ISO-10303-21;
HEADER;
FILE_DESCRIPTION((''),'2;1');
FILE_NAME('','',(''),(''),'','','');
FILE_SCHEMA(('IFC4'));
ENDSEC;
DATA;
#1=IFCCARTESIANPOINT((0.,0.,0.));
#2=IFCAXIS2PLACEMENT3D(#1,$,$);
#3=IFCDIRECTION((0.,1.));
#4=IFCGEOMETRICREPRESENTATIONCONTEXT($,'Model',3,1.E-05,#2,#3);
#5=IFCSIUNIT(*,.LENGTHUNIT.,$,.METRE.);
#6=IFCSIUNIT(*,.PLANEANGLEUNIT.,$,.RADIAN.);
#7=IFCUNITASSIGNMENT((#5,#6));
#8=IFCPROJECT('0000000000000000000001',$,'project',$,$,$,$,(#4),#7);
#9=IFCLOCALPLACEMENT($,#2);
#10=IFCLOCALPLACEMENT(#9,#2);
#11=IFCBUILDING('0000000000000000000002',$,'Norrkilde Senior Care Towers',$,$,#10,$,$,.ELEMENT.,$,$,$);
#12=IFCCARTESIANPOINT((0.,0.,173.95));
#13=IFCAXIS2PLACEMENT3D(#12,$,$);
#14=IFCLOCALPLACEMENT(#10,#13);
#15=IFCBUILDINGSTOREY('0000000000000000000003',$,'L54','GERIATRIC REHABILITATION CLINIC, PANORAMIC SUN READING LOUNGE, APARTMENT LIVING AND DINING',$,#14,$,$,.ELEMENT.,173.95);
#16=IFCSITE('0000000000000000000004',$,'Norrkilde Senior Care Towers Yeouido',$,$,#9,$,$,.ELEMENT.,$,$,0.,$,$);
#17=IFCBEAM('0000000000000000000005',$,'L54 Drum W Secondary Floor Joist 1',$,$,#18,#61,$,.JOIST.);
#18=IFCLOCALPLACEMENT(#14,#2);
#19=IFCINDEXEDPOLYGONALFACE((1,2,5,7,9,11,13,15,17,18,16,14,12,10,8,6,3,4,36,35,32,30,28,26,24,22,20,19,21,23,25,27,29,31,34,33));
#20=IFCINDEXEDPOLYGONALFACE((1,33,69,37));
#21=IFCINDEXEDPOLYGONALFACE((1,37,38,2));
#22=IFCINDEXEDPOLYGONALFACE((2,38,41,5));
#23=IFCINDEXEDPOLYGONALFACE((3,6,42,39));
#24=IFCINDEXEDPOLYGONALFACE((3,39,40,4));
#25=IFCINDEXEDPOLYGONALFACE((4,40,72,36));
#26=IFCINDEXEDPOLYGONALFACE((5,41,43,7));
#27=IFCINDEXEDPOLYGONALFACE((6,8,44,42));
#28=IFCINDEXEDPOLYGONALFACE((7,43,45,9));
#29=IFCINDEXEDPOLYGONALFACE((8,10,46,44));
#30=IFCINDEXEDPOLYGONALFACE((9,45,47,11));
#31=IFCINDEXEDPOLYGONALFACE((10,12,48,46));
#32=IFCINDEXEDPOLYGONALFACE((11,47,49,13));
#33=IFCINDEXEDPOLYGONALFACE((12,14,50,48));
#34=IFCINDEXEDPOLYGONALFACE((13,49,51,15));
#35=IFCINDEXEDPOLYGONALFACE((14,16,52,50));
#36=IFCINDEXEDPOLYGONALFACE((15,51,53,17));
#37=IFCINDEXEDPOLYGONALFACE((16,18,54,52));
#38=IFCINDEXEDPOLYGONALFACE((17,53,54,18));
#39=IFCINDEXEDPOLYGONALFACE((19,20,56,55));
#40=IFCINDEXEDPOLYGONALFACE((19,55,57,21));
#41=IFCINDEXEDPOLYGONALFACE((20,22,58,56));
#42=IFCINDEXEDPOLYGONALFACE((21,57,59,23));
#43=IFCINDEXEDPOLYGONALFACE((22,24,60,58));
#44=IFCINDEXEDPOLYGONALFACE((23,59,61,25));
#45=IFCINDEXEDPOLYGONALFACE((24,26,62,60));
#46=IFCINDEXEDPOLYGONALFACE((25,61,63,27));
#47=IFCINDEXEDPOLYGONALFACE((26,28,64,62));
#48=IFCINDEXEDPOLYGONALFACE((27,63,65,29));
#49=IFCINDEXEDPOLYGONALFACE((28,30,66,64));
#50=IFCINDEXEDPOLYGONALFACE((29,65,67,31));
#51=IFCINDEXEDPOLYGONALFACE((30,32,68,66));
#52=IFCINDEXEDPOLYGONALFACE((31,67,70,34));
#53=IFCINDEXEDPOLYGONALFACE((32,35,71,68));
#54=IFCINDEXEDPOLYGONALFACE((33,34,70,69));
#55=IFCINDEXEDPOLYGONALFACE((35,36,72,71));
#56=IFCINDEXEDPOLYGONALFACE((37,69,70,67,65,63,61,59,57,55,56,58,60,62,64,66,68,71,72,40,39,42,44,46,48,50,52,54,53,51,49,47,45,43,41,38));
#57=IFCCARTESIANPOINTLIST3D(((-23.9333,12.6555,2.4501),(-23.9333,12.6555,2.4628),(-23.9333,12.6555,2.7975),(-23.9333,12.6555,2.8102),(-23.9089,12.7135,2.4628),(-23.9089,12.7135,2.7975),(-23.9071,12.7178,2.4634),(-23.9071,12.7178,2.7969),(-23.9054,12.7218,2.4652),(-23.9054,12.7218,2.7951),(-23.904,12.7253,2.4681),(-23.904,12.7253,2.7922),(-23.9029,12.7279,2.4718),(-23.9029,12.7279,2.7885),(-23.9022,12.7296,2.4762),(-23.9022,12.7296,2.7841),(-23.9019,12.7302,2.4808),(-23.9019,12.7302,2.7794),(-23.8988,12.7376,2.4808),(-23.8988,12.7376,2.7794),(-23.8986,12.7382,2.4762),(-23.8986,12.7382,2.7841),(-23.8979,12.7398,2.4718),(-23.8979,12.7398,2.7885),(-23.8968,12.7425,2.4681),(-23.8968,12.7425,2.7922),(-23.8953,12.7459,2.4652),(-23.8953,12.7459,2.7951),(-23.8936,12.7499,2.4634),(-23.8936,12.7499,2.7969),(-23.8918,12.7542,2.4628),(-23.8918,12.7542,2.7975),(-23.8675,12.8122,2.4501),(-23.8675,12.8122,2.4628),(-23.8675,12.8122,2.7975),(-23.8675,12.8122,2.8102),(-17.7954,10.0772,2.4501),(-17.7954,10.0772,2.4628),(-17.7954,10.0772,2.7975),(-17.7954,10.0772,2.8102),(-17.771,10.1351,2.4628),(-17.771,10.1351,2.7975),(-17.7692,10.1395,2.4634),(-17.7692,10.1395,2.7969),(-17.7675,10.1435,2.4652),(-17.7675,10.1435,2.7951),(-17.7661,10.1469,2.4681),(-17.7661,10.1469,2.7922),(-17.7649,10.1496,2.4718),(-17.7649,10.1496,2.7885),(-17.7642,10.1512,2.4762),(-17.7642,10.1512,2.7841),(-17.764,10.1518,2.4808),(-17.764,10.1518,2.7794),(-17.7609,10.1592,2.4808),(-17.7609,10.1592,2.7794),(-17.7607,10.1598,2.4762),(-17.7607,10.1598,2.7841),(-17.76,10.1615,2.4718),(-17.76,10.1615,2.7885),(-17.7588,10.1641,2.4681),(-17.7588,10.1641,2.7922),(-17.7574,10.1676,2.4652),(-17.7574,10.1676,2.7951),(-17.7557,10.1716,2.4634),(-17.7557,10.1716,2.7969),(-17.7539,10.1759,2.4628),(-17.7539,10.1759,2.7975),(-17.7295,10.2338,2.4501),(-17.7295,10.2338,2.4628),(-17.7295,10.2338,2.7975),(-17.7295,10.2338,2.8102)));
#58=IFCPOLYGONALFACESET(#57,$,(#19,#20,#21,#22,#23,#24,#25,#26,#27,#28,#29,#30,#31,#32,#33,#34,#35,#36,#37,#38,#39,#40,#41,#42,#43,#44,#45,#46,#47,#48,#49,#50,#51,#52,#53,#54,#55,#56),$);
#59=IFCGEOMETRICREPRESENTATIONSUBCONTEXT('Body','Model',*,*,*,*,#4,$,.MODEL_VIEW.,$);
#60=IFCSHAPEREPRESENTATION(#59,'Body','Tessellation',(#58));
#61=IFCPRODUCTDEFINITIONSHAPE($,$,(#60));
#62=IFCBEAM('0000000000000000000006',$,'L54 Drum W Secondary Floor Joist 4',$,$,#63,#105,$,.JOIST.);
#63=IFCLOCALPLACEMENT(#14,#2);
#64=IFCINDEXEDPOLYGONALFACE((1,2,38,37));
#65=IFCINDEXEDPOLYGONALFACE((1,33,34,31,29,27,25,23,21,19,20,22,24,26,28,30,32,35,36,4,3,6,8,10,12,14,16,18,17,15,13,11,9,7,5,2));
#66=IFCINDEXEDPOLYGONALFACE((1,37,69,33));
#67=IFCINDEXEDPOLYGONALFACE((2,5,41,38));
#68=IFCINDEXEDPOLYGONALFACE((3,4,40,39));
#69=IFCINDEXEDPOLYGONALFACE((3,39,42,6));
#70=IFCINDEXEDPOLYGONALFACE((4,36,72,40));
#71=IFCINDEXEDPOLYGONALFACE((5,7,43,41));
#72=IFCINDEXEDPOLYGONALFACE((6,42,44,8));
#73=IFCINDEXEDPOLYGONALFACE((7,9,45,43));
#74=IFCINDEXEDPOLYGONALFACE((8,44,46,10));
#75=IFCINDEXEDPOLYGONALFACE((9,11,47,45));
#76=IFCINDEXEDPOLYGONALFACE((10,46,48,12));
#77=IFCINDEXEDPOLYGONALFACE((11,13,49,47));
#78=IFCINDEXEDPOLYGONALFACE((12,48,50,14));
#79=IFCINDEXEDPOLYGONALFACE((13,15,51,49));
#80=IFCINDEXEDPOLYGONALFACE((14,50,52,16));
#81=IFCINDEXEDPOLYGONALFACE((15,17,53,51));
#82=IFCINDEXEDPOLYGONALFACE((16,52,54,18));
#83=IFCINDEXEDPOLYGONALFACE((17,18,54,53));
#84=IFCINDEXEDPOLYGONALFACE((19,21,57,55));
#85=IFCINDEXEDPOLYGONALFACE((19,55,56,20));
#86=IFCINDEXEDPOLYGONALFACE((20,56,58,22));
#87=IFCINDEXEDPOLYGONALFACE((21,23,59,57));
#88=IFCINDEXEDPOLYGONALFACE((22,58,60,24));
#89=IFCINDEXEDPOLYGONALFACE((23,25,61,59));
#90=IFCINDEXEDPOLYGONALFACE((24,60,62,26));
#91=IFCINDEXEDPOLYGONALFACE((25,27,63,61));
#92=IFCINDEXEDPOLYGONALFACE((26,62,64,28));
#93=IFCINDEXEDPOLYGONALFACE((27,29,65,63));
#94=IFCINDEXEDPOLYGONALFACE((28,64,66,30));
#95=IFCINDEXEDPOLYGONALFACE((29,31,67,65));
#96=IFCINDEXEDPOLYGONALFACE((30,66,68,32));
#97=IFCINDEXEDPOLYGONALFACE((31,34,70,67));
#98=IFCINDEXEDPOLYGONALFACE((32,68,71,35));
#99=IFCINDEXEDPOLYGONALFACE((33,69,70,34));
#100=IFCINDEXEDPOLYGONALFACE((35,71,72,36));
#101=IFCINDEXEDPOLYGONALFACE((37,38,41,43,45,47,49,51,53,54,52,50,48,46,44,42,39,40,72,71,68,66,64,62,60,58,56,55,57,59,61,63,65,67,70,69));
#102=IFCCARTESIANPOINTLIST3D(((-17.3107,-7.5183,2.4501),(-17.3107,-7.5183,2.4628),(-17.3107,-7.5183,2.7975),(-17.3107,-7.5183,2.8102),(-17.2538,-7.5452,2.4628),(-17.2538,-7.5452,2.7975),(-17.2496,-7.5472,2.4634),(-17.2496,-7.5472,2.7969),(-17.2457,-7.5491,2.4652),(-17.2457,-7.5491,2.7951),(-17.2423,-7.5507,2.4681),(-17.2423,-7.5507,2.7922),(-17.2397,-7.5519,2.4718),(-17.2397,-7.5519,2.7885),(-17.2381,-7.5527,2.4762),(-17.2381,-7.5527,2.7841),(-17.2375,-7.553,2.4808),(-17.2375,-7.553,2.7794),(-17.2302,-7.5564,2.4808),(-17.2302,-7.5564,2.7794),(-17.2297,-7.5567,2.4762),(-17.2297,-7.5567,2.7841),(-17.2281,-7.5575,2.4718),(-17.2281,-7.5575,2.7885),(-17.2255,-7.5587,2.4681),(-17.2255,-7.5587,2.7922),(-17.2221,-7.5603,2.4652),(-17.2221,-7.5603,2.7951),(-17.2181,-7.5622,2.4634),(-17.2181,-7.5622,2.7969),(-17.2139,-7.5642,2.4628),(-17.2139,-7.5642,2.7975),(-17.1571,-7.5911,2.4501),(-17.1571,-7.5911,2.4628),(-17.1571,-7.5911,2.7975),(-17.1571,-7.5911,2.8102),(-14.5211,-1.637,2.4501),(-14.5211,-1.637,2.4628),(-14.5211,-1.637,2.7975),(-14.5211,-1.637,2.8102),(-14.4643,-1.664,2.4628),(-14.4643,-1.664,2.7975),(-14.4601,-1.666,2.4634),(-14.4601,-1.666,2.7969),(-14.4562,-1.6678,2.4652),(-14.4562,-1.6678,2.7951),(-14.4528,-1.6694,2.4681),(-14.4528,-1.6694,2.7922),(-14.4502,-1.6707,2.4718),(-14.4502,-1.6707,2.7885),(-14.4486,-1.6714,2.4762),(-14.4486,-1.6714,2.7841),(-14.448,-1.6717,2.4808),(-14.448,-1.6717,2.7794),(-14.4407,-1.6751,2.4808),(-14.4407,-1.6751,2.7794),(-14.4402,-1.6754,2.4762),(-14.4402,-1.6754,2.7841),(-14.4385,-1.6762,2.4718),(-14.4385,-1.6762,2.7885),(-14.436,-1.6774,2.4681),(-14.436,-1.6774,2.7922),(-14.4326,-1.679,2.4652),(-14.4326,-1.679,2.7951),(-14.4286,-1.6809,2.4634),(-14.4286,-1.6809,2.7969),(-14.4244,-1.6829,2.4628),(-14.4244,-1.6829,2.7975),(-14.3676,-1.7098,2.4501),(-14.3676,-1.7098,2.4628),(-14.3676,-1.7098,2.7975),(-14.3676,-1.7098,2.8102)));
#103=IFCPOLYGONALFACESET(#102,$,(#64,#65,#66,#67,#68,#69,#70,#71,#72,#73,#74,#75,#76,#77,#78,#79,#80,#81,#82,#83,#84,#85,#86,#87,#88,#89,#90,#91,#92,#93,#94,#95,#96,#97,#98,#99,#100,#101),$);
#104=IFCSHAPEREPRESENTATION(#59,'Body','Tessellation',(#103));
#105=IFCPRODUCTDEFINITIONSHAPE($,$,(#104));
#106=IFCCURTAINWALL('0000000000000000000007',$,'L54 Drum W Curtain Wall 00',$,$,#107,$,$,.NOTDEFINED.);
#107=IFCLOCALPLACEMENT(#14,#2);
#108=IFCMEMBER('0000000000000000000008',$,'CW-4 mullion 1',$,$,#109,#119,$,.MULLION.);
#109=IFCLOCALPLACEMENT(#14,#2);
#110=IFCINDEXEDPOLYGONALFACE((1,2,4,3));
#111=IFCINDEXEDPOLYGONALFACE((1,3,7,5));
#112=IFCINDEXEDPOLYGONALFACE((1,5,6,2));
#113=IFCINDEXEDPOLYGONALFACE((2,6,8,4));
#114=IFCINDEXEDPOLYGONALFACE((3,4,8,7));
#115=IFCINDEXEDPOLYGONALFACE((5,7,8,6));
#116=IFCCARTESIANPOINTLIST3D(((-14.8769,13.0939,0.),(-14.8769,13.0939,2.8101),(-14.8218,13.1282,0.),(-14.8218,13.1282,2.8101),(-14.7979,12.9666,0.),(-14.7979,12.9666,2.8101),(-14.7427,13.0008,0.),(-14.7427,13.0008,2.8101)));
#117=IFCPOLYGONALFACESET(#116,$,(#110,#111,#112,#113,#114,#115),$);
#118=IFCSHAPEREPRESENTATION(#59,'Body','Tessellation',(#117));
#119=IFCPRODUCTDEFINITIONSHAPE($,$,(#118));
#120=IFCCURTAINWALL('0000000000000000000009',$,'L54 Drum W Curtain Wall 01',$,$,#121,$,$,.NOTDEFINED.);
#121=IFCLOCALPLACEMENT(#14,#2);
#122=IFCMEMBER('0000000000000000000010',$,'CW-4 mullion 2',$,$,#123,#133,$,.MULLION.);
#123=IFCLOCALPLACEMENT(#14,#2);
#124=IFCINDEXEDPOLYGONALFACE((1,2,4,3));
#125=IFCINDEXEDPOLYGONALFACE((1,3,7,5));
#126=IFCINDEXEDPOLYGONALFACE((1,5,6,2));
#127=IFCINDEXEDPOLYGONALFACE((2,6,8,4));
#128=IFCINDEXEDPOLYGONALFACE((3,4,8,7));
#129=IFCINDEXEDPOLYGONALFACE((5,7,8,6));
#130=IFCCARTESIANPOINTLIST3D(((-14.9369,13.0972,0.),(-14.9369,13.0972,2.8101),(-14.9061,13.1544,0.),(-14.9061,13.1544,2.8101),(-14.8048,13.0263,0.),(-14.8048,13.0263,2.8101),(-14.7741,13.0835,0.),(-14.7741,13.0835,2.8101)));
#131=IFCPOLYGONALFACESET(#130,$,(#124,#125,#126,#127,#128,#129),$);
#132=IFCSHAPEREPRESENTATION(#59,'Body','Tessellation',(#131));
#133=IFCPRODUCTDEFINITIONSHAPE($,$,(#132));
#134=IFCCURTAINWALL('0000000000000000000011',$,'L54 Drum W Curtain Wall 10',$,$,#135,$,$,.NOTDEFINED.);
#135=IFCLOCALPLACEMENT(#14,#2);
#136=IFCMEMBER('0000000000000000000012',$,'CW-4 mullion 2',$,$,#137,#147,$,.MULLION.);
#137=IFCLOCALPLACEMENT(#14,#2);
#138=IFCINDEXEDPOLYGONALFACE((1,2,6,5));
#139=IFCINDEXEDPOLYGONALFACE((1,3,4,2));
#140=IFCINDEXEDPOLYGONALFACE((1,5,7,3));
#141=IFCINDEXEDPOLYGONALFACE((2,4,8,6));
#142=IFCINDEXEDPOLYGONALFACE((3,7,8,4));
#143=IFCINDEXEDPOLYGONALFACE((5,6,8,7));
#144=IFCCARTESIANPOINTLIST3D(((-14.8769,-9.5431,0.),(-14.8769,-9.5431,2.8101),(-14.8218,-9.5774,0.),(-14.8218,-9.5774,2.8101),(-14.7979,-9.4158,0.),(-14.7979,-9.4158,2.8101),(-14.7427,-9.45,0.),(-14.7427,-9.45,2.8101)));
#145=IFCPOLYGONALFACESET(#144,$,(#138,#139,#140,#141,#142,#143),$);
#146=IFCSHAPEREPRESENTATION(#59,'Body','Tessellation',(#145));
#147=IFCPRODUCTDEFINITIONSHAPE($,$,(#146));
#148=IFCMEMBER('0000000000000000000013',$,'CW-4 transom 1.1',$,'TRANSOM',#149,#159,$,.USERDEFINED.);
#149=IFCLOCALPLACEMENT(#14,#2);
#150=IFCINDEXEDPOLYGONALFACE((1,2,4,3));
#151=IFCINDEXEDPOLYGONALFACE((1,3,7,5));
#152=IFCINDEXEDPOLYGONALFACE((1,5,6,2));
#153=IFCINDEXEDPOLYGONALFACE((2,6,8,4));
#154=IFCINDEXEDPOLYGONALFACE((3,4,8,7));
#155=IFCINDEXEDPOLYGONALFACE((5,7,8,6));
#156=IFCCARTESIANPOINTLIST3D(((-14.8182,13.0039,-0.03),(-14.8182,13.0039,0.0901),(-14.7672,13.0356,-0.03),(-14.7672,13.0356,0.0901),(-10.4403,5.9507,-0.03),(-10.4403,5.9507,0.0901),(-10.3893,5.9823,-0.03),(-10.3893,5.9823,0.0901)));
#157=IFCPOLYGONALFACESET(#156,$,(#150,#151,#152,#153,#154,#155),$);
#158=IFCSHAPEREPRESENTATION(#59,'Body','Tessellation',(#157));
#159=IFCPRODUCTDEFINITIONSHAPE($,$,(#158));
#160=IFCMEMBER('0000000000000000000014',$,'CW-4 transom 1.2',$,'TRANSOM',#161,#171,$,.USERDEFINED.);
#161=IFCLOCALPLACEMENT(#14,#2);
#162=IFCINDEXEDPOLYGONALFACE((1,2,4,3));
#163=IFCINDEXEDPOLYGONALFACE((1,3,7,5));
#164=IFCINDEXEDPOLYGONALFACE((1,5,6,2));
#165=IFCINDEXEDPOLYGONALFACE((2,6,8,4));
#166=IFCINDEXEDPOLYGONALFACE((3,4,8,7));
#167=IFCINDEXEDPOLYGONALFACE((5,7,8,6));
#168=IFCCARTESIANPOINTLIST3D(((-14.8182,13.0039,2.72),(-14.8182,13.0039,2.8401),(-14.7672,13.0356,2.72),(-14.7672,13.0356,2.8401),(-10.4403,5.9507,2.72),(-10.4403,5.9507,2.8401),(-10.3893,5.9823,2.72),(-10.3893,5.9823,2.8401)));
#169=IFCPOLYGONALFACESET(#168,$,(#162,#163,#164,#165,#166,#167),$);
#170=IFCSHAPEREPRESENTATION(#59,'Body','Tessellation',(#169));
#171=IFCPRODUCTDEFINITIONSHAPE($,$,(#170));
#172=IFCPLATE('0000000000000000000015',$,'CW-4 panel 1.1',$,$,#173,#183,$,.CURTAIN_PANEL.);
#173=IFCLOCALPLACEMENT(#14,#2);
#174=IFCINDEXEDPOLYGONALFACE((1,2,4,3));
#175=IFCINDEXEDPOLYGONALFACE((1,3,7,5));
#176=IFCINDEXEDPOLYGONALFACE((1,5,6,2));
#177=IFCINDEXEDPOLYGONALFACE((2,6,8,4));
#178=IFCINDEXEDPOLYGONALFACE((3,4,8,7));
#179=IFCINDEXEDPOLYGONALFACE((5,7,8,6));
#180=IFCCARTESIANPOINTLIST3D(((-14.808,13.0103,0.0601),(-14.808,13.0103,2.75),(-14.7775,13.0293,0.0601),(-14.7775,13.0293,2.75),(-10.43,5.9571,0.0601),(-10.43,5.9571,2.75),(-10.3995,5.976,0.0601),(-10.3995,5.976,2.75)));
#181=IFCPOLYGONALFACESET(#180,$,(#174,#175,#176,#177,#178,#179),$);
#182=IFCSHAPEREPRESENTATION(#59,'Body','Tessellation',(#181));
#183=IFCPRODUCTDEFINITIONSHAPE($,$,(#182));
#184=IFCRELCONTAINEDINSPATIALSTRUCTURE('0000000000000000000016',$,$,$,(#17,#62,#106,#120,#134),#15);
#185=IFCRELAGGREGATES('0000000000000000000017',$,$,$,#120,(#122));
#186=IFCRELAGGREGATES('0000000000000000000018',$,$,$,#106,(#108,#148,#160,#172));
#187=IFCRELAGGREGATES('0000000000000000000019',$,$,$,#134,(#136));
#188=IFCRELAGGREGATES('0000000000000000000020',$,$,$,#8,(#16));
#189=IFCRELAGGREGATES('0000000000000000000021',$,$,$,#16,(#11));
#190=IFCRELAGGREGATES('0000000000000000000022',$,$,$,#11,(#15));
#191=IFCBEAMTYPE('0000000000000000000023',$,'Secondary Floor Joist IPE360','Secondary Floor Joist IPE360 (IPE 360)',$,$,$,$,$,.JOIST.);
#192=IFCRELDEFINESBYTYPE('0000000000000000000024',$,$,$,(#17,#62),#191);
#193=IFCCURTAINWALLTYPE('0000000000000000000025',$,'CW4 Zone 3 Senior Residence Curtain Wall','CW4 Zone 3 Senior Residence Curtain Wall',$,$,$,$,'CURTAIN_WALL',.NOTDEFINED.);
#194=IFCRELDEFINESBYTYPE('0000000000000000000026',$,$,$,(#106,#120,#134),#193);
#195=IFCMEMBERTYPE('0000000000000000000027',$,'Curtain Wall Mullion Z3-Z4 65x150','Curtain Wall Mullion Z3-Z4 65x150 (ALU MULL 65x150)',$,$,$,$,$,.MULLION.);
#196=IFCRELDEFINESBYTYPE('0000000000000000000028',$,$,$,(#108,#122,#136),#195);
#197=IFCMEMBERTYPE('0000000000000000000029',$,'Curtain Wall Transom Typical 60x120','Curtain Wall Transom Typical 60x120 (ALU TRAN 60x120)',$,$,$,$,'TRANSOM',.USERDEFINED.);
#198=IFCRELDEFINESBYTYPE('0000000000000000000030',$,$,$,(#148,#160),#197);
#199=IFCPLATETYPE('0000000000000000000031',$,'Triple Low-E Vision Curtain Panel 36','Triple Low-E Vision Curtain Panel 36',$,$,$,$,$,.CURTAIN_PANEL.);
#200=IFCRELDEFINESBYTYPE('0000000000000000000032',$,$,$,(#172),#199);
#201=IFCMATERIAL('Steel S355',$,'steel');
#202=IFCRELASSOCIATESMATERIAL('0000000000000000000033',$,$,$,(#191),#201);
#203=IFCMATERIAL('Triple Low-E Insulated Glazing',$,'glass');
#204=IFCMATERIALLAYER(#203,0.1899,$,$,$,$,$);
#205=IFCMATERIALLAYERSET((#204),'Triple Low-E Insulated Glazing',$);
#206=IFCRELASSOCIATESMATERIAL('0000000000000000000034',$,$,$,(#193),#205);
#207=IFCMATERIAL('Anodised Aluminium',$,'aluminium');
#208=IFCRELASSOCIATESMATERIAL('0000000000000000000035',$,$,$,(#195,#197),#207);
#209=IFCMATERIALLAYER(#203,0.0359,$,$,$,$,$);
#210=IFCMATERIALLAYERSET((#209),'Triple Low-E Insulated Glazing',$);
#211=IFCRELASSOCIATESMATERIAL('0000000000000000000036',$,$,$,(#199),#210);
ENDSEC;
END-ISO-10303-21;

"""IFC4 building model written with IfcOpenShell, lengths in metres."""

from ifc_helpers import new_model, si_unit, direction, frame, origin, origin_2d, place, context, subcontext, project, spatial, rectangle, i_section, extrude, source, transform, mapped, material, layer, layer_set, material_profile, profile_set, type_object, type_shapes, element, aggregate, save


model = new_model("IFC4")

# Units and contexts
model_context = context("Model", 3, precision=1e-05, world=origin(), true_north=direction((0.0, 1.0)))
body_context = subcontext(model_context, "Body", "Model", "MODEL_VIEW")
ifc_project = project(units=[si_unit("LENGTHUNIT", "METRE"), si_unit("PLANEANGLEUNIT", "RADIAN")], contexts=[model_context])

# Site, building, storey
site_placement = place(None, origin())
site = spatial("IfcSite", under=ifc_project, at=site_placement, Name="Norrkilde Senior Care Towers Yeouido", CompositionType="ELEMENT", RefElevation=0.0)
building_placement = place(site_placement, origin())
building = spatial("IfcBuilding", under=site, at=building_placement, Name="Norrkilde Senior Care Towers", CompositionType="ELEMENT")
storey_placement = place(building_placement, frame((0.0, 0.0, 173.95)))
storey = spatial("IfcBuildingStorey", under=building, at=storey_placement, Name="L54", Description="GERIATRIC REHABILITATION CLINIC, PANORAMIC SUN READING LOUNGE, APARTMENT LIVING AND DINING", CompositionType="ELEMENT", Elevation=173.95)

# Beams
ifc_material_1 = material(Name="Steel S355", Category="steel")
ifc_material_profile_1 = material_profile(ifc_material_1, i_section(OverallWidth=0.1699, OverallDepth=0.3601, WebThickness=0.0081, FlangeThickness=0.0127, FilletRadius=0.0181, at=origin_2d()), Name="IPE 360")
ifc_profile_set_1 = profile_set([ifc_material_profile_1], Name="Steel S355")
beam_type_1 = type_object("IfcBeamType", Name="Secondary Floor Joist IPE360", Description="Secondary Floor Joist IPE360 (IPE 360)", PredefinedType="JOIST", material=ifc_profile_set_1)
shared_shape_1 = source(origin(), body_context, "Body", "SweptSolid", [
    extrude(i_section(OverallWidth=0.1699, OverallDepth=0.3601, WebThickness=0.0081, FlangeThickness=0.0127, FilletRadius=0.0181, at=origin_2d()), origin(), (0.0, 0.0, 1.0), 6.6575),
])
beam_1_placement = place(storey_placement, frame((-17.7625, 10.1555, 2.6301), z_axis=(-0.921959, 0.387288, 0.0), x_axis=(-0.387288, -0.921959, 0.0)))
element("IfcBeam", 1, at=beam_1_placement, inside=storey, type_object=beam_type_1, Name="L54 Drum W Secondary Floor Joist 1", PredefinedType="JOIST", context=body_context, shape_type="MappedRepresentation", body=[
    mapped(shared_shape_1, transform((0.0, 0.0, 0.0), x_axis=(1.0, 0.0, 0.0), y_axis=(0.0, 1.0, 0.0), z_axis=(0.0, 0.0, 1.0), scale=1.0)),
])
shared_shape_2 = source(origin(), body_context, "Body", "SweptSolid", [
    extrude(i_section(OverallWidth=0.1699, OverallDepth=0.3601, WebThickness=0.0081, FlangeThickness=0.0127, FilletRadius=0.0181, at=origin_2d()), origin(), (0.0, 0.0, 1.0), 6.5093),
])
type_shapes(beam_type_1, [shared_shape_1, shared_shape_2])
beam_2_placement = place(storey_placement, frame((-17.2339, -7.5547, 2.6301), z_axis=(0.428544, 0.903521, 0.0), x_axis=(-0.903521, 0.428544, 0.0)))
element("IfcBeam", 2, at=beam_2_placement, inside=storey, type_object=beam_type_1, Name="L54 Drum W Secondary Floor Joist 4", PredefinedType="JOIST", context=body_context, shape_type="MappedRepresentation", body=[
    mapped(shared_shape_2, transform((0.0, 0.0, 0.0), x_axis=(1.0, 0.0, 0.0), y_axis=(0.0, 1.0, 0.0), z_axis=(0.0, 0.0, 1.0), scale=1.0)),
])

# Curtain walls, members
ifc_material_2 = material(Name="Triple Low-E Insulated Glazing", Category="glass")
ifc_layer_1 = layer(ifc_material_2, 0.1899)
ifc_layer_set_1 = layer_set([ifc_layer_1], Name="Triple Low-E Insulated Glazing")
curtain_wall_type = type_object("IfcCurtainWallType", Name="CW4 Zone 3 Senior Residence Curtain Wall", Description="CW4 Zone 3 Senior Residence Curtain Wall", ElementType="CURTAIN_WALL", PredefinedType="NOTDEFINED", material=ifc_layer_set_1)
curtain_wall_1_placement = place(storey_placement, origin())
curtain_wall_1 = element("IfcCurtainWall", 3, at=curtain_wall_1_placement, inside=storey, type_object=curtain_wall_type, Name="L54 Drum W Curtain Wall 00", PredefinedType="NOTDEFINED")
ifc_material_3 = material(Name="Anodised Aluminium", Category="aluminium")
ifc_material_profile_2 = material_profile(ifc_material_3, rectangle(XDim=0.0649, YDim=0.1499, at=origin_2d()), Name="ALU MULL 65x150")
ifc_profile_set_2 = profile_set([ifc_material_profile_2], Name="Anodised Aluminium")
member_type_1 = type_object("IfcMemberType", Name="Curtain Wall Mullion Z3-Z4 65x150", Description="Curtain Wall Mullion Z3-Z4 65x150 (ALU MULL 65x150)", PredefinedType="MULLION", material=ifc_profile_set_2)
shared_shape_3 = source(origin(), body_context, "Body", "SweptSolid", [
    extrude(rectangle(XDim=0.0649, YDim=0.1499, at=origin_2d()), origin(), (0.0, 0.0, 1.0), 2.8101),
])
type_shapes(member_type_1, [shared_shape_3])
member_1_placement = place(storey_placement, frame((-14.8098, 13.0474, 0.0), z_axis=(0.0, 0.0, 1.0), x_axis=(0.849634, 0.527373, 0.0)))
member_1 = element("IfcMember", 4, at=member_1_placement, type_object=member_type_1, Name="CW-4 mullion 1", PredefinedType="MULLION", context=body_context, shape_type="MappedRepresentation", body=[
    mapped(shared_shape_3, transform((0.0, 0.0, 0.0), x_axis=(1.0, 0.0, 0.0), y_axis=(0.0, 1.0, 0.0), z_axis=(0.0, 0.0, 1.0), scale=1.0)),
])
curtain_wall_2_placement = place(storey_placement, origin())
curtain_wall_2 = element("IfcCurtainWall", 5, at=curtain_wall_2_placement, inside=storey, type_object=curtain_wall_type, Name="L54 Drum W Curtain Wall 01", PredefinedType="NOTDEFINED")
member_2_placement = place(storey_placement, frame((-14.8555, 13.0903, 0.0), z_axis=(0.0, 0.0, 1.0), x_axis=(0.473117, 0.881, 0.0)))
member_2 = element("IfcMember", 6, at=member_2_placement, type_object=member_type_1, Name="CW-4 mullion 2", PredefinedType="MULLION", context=body_context, shape_type="MappedRepresentation", body=[
    mapped(shared_shape_3, transform((0.0, 0.0, 0.0), x_axis=(1.0, 0.0, 0.0), y_axis=(0.0, 1.0, 0.0), z_axis=(0.0, 0.0, 1.0), scale=1.0)),
])
aggregate(curtain_wall_2, [member_2])
curtain_wall_3_placement = place(storey_placement, origin())
curtain_wall_3 = element("IfcCurtainWall", 7, at=curtain_wall_3_placement, inside=storey, type_object=curtain_wall_type, Name="L54 Drum W Curtain Wall 10", PredefinedType="NOTDEFINED")
member_3_placement = place(storey_placement, frame((-14.8098, -9.4966, 0.0), z_axis=(0.0, 0.0, 1.0), x_axis=(0.849634, -0.527373, 0.0)))
member_3 = element("IfcMember", 8, at=member_3_placement, type_object=member_type_1, Name="CW-4 mullion 2", PredefinedType="MULLION", context=body_context, shape_type="MappedRepresentation", body=[
    mapped(shared_shape_3, transform((0.0, 0.0, 0.0), x_axis=(1.0, 0.0, 0.0), y_axis=(0.0, 1.0, 0.0), z_axis=(0.0, 0.0, 1.0), scale=1.0)),
])

# Members
ifc_material_profile_3 = material_profile(ifc_material_3, rectangle(XDim=0.0601, YDim=0.1201, at=origin_2d()), Name="ALU TRAN 60x120")
ifc_profile_set_3 = profile_set([ifc_material_profile_3], Name="Anodised Aluminium")
member_type_2 = type_object("IfcMemberType", Name="Curtain Wall Transom Typical 60x120", Description="Curtain Wall Transom Typical 60x120 (ALU TRAN 60x120)", ElementType="TRANSOM", PredefinedType="USERDEFINED", material=ifc_profile_set_3)
shared_shape_4 = source(origin(), body_context, "Body", "SweptSolid", [
    extrude(rectangle(XDim=0.0601, YDim=0.1201, at=origin_2d()), origin(), (0.0, 0.0, 1.0), 8.3015),
])
type_shapes(member_type_2, [shared_shape_4])
member_4_placement = place(storey_placement, frame((-14.7927, 13.0198, 0.03), z_axis=(0.527369, -0.849637, 0.0), x_axis=(0.849637, 0.527369, 0.0)))
member_4 = element("IfcMember", 9, at=member_4_placement, type_object=member_type_2, Name="CW-4 transom 1.1", ObjectType="TRANSOM", PredefinedType="USERDEFINED", context=body_context, shape_type="MappedRepresentation", body=[
    mapped(shared_shape_4, transform((0.0, 0.0, 0.0), x_axis=(1.0, 0.0, 0.0), y_axis=(0.0, 1.0, 0.0), z_axis=(0.0, 0.0, 1.0), scale=1.0)),
])
member_5_placement = place(storey_placement, frame((-14.7927, 13.0198, 2.78), z_axis=(0.527369, -0.849637, 0.0), x_axis=(0.849637, 0.527369, 0.0)))
member_5 = element("IfcMember", 10, at=member_5_placement, type_object=member_type_2, Name="CW-4 transom 1.2", ObjectType="TRANSOM", PredefinedType="USERDEFINED", context=body_context, shape_type="MappedRepresentation", body=[
    mapped(shared_shape_4, transform((0.0, 0.0, 0.0), x_axis=(1.0, 0.0, 0.0), y_axis=(0.0, 1.0, 0.0), z_axis=(0.0, 0.0, 1.0), scale=1.0)),
])

# Plate
ifc_layer_2 = layer(ifc_material_2, 0.0359)
ifc_layer_set_2 = layer_set([ifc_layer_2], Name="Triple Low-E Insulated Glazing")
plate_type = type_object("IfcPlateType", Name="Triple Low-E Vision Curtain Panel 36", Description="Triple Low-E Vision Curtain Panel 36", PredefinedType="CURTAIN_PANEL", material=ifc_layer_set_2)
shared_shape_5 = source(origin(), body_context, "Body", "SweptSolid", [
    extrude(rectangle(XDim=8.3015, YDim=0.0359, at=origin_2d()), origin(), (0.0, 0.0, 1.0), 2.6899),
])
type_shapes(plate_type, [shared_shape_5])
plate_1_placement = place(storey_placement, frame((-12.6038, 9.4932, 0.0601), z_axis=(0.0, 0.0, 1.0), x_axis=(0.527373, -0.849634, 0.0)))
plate_1 = element("IfcPlate", 11, at=plate_1_placement, type_object=plate_type, Name="CW-4 panel 1.1", PredefinedType="CURTAIN_PANEL", context=body_context, shape_type="MappedRepresentation", body=[
    mapped(shared_shape_5, transform((0.0, 0.0, 0.0), x_axis=(1.0, 0.0, 0.0), y_axis=(0.0, 1.0, 0.0), z_axis=(0.0, 0.0, 1.0), scale=1.0)),
])
aggregate(curtain_wall_1, [member_1, member_4, member_5, plate_1])
aggregate(curtain_wall_3, [member_3])

save(model, "model.ifc")
